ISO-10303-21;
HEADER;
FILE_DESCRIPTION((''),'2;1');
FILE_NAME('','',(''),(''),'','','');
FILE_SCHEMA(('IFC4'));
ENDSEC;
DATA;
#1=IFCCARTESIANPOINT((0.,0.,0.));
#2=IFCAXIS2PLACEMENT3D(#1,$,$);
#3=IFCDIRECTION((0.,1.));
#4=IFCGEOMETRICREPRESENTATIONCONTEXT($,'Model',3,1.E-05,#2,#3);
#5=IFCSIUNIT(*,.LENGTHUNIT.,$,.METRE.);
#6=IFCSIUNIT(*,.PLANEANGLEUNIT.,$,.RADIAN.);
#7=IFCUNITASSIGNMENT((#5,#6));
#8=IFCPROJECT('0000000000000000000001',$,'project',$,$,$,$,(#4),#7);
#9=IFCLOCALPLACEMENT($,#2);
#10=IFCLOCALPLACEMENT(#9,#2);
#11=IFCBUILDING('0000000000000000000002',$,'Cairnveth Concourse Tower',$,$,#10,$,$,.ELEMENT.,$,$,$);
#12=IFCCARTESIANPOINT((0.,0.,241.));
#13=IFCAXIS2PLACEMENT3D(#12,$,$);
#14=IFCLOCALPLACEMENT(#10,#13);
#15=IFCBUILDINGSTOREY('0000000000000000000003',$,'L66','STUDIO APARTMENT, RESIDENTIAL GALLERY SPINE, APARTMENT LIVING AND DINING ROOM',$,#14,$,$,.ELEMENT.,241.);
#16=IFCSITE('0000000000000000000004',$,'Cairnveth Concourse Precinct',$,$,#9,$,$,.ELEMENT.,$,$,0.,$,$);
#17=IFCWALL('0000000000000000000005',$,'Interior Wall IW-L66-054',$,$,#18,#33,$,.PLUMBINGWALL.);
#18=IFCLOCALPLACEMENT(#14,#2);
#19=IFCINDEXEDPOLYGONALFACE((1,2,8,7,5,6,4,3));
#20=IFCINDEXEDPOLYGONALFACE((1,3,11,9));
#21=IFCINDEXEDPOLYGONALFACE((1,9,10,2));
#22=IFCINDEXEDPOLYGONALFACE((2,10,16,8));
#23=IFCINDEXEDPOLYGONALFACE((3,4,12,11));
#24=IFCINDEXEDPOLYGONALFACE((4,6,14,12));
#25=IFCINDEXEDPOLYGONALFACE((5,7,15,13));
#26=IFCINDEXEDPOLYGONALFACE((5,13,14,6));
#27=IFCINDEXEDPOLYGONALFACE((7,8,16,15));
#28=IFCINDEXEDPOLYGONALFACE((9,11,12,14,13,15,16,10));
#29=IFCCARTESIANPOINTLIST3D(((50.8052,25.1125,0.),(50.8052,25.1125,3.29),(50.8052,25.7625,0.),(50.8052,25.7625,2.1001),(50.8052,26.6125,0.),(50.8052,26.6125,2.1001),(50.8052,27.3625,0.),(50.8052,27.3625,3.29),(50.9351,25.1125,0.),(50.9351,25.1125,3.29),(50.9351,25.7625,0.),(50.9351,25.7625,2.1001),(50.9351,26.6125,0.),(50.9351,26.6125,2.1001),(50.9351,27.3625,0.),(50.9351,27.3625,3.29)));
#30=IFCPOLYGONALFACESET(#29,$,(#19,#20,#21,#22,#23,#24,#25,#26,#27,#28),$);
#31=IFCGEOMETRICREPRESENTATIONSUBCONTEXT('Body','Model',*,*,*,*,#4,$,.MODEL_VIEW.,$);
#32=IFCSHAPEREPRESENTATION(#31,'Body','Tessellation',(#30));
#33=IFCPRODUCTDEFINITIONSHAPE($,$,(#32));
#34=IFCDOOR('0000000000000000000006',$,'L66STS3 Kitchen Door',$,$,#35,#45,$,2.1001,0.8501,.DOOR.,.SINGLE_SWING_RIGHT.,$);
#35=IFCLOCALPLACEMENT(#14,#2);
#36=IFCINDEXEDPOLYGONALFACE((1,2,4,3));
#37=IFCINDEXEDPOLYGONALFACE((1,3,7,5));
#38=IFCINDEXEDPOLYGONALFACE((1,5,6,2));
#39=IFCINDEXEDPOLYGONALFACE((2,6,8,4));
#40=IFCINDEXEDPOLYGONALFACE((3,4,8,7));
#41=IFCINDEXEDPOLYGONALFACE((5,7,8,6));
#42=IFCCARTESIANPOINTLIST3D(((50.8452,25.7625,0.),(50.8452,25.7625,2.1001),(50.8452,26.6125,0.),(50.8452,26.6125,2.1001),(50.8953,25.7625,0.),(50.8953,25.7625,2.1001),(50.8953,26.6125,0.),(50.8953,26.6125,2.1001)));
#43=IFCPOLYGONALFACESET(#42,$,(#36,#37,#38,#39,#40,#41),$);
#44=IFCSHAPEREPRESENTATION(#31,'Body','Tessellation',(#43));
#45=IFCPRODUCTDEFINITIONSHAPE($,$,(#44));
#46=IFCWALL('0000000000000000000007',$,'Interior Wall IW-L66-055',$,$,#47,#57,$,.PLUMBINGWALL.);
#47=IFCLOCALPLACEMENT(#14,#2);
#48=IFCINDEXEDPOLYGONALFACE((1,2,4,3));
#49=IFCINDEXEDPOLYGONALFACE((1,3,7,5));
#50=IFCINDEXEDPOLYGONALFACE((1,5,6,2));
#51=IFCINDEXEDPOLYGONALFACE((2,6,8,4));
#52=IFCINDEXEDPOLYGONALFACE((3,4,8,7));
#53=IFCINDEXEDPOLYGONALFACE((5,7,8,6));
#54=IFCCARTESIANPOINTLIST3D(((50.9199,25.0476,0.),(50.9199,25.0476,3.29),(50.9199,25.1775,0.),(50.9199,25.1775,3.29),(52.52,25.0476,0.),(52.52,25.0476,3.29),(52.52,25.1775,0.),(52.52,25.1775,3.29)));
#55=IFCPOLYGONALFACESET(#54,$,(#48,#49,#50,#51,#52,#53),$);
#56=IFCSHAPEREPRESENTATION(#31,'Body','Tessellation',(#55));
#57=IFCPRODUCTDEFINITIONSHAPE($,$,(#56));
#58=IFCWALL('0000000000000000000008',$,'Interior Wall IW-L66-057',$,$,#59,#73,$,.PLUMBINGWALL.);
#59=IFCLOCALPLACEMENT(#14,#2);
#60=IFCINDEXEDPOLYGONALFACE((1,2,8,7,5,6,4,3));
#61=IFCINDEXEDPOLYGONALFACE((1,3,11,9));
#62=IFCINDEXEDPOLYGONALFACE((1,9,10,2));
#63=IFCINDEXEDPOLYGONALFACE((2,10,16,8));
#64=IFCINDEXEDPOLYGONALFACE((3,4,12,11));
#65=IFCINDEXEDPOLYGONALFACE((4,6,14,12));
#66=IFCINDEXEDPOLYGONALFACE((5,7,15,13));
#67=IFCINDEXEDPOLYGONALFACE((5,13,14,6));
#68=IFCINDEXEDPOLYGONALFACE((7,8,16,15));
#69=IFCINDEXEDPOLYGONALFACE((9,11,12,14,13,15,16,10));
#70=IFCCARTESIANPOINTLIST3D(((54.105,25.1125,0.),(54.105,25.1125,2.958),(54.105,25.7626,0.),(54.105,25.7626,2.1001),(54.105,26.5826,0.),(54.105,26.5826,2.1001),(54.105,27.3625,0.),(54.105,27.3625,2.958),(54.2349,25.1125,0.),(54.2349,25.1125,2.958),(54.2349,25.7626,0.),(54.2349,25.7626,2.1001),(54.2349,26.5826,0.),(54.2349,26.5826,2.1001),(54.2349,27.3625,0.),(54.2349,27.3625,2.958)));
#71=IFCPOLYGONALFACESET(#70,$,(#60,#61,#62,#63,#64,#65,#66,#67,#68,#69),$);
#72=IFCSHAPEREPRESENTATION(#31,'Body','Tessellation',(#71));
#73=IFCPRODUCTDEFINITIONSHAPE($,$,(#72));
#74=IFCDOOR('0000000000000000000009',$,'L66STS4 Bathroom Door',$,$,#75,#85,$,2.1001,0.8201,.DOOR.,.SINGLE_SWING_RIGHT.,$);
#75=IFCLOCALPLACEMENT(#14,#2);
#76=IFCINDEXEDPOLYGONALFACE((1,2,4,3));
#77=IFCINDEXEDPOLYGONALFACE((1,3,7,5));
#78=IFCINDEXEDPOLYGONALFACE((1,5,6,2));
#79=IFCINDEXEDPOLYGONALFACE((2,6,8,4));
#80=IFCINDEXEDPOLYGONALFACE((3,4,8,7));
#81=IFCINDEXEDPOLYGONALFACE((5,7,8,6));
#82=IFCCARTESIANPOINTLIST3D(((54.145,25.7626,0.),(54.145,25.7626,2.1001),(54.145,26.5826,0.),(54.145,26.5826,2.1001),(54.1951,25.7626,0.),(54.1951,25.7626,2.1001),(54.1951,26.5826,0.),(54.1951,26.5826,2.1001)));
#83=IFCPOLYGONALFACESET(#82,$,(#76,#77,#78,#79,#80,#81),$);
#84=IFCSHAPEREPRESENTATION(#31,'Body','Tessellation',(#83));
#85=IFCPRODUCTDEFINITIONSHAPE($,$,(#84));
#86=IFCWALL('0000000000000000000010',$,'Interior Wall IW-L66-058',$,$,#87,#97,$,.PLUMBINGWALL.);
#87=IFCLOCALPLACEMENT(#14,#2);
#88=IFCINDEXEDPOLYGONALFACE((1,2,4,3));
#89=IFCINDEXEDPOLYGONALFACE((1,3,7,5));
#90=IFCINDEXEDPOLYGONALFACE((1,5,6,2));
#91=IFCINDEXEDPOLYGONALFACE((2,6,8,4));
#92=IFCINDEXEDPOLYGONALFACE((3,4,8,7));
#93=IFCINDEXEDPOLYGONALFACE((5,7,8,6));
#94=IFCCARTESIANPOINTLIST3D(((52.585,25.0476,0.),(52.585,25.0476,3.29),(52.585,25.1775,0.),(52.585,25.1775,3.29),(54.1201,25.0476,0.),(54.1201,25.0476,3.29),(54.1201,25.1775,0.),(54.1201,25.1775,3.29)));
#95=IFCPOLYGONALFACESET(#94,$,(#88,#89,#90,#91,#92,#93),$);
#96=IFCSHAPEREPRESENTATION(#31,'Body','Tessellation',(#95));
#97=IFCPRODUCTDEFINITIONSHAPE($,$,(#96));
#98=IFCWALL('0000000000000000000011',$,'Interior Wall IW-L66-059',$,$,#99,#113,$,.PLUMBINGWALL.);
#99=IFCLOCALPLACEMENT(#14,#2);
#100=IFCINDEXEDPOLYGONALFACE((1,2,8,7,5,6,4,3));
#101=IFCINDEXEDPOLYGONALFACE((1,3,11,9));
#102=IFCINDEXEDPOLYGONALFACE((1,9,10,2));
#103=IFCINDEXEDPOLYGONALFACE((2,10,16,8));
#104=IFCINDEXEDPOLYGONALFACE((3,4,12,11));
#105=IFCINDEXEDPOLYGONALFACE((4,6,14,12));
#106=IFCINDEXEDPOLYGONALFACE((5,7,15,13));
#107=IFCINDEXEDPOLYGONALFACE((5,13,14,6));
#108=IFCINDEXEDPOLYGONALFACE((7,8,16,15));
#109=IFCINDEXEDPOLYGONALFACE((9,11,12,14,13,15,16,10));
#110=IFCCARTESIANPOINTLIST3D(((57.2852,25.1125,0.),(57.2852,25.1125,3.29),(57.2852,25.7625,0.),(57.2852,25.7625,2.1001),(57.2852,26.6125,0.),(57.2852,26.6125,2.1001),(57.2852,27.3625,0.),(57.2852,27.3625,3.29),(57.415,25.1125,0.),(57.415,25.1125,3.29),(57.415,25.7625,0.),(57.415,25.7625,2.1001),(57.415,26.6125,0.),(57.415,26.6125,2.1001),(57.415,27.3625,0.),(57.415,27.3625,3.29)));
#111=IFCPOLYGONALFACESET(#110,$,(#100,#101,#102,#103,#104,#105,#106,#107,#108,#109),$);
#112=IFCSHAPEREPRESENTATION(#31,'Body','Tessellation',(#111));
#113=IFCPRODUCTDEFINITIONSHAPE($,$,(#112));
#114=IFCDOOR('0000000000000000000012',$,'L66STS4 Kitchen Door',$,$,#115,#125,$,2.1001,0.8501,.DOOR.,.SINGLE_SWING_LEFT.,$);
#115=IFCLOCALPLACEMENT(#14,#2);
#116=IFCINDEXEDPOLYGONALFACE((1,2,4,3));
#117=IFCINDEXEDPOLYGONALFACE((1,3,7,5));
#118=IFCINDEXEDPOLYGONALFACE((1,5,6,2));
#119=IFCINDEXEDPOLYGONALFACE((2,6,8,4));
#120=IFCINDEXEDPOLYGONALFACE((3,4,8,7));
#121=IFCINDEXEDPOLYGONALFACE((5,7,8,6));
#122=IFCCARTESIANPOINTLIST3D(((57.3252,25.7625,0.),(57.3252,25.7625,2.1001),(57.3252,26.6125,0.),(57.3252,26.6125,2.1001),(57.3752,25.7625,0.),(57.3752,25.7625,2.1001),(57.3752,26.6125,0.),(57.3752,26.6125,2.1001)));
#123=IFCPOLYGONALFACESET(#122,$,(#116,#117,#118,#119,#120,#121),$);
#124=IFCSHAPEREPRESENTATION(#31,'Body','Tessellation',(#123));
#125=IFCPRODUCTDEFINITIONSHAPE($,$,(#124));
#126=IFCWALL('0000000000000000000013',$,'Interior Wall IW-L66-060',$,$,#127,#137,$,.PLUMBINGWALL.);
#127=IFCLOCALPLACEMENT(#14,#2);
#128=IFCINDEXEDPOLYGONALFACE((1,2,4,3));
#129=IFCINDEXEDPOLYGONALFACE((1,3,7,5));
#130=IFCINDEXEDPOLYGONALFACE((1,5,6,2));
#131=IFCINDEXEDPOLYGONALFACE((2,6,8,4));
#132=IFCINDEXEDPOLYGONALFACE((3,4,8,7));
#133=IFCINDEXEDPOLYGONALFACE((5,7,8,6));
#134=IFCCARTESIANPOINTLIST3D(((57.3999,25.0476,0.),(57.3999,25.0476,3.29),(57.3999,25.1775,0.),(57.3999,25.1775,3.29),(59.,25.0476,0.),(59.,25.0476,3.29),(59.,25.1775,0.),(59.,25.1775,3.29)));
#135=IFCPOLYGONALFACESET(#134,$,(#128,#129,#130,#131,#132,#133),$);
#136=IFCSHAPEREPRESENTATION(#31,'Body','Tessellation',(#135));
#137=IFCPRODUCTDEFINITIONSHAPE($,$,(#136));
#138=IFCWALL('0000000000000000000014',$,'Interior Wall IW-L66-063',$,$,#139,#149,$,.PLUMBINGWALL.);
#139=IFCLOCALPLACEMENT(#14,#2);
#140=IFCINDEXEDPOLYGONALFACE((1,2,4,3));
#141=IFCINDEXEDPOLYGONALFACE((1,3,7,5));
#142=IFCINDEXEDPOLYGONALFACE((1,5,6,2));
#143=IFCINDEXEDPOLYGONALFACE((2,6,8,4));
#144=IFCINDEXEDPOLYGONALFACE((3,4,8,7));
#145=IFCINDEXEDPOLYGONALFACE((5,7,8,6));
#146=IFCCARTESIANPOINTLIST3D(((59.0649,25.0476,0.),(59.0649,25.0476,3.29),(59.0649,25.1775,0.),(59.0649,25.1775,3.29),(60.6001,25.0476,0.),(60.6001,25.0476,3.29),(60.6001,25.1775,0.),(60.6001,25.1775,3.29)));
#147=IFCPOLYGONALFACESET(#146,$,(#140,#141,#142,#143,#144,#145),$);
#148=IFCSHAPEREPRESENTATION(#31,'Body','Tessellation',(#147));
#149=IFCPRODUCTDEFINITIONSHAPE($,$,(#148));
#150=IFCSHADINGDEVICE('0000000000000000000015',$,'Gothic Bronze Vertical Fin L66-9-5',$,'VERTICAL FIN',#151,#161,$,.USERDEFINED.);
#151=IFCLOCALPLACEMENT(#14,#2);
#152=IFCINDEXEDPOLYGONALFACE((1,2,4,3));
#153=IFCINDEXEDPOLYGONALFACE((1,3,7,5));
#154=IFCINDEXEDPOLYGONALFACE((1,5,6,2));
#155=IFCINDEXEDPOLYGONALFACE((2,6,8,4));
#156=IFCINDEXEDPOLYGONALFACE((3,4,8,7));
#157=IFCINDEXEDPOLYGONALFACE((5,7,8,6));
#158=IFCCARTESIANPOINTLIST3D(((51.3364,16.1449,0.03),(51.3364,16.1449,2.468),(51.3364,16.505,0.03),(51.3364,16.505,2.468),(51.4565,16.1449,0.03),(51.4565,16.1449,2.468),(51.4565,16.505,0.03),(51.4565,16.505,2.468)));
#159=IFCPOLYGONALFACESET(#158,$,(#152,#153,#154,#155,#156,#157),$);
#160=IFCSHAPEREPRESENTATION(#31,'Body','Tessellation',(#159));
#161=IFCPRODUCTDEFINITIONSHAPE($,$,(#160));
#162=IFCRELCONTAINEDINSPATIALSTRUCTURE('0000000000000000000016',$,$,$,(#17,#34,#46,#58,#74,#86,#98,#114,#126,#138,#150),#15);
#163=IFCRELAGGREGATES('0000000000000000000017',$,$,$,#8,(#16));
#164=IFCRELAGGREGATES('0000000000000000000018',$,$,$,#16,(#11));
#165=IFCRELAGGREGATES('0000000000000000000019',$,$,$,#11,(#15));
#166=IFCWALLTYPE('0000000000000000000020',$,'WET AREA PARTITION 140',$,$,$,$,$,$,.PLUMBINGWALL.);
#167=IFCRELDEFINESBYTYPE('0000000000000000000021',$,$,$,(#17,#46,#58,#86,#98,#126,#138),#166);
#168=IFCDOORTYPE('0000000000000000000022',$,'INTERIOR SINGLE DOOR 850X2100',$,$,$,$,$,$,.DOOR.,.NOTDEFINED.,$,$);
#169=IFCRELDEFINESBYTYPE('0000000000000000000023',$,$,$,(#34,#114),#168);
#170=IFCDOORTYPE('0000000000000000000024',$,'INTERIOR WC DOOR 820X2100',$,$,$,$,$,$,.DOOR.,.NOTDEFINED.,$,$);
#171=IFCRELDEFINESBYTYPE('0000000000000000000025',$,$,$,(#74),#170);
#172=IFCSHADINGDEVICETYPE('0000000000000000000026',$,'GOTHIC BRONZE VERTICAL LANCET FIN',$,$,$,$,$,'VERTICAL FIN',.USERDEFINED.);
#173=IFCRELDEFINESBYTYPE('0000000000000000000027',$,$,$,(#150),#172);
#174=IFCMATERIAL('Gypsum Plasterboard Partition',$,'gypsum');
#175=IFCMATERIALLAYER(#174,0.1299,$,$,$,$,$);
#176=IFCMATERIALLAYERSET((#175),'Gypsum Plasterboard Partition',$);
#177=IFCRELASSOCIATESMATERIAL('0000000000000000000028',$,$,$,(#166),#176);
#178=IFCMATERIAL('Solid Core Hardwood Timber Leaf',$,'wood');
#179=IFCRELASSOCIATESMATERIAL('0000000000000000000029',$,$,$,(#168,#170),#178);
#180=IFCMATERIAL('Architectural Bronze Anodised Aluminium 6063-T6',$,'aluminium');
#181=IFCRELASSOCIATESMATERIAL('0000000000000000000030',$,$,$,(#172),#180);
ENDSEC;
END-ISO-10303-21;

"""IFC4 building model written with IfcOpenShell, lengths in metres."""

from ifc_helpers import new_model, si_unit, direction, frame, frame_2d, origin, origin_2d, place, context, subcontext, project, spatial, rectangle, extrude, material, layer, layer_set, type_object, element, fill, save


model = new_model("IFC4")

# Units and contexts
model_context = context("Model", 3, precision=1e-05, world=origin(), true_north=direction((0.0, 1.0)))
body_context = subcontext(model_context, "Body", "Model", "MODEL_VIEW")
ifc_project = project(units=[si_unit("LENGTHUNIT", "METRE"), si_unit("PLANEANGLEUNIT", "RADIAN")], contexts=[model_context])

# Site, building, storey
site_placement = place(None, origin())
site = spatial("IfcSite", under=ifc_project, at=site_placement, Name="Cairnveth Concourse Precinct", CompositionType="ELEMENT", RefElevation=0.0)
building_placement = place(site_placement, origin())
building = spatial("IfcBuilding", under=site, at=building_placement, Name="Cairnveth Concourse Tower", CompositionType="ELEMENT")
storey_placement = place(building_placement, frame((0.0, 0.0, 241.0)))
storey = spatial("IfcBuildingStorey", under=building, at=storey_placement, Name="L66", Description="STUDIO APARTMENT, RESIDENTIAL GALLERY SPINE, APARTMENT LIVING AND DINING ROOM", CompositionType="ELEMENT", Elevation=241.0)

# Shared definitions
ifc_material_1 = material(Name="Gypsum Plasterboard Partition", Category="gypsum")

# Wall, opening, door
ifc_layer_1 = layer(ifc_material_1, 0.1299)
ifc_layer_set_1 = layer_set([ifc_layer_1], Name="Gypsum Plasterboard Partition")
wall_type_1 = type_object("IfcWallType", Name="WET AREA PARTITION 140", PredefinedType="PLUMBINGWALL", material=ifc_layer_set_1)
wall_1_placement = place(storey_placement, frame((50.8701, 25.1125, 0.0), z_axis=(0.0, 0.0, 1.0), x_axis=(0.0, 1.0, 0.0)))
wall_1 = element("IfcWall", 1, at=wall_1_placement, inside=storey, type_object=wall_type_1, Name="Interior Wall IW-L66-054", PredefinedType="PLUMBINGWALL", context=body_context, shape_type="SweptSolid", body=[
    extrude(rectangle(XDim=2.25, YDim=0.1299, at=frame_2d((1.125, 0.0))), origin(), (0.0, 0.0, 1.0), 3.29),
])
opening_1_placement = place(wall_1_placement, frame((0.6499, 0.0, 0.0)))
opening_1 = element("IfcOpeningElement", 2, at=opening_1_placement, cuts=wall_1, PredefinedType="OPENING", context=body_context, shape_type="SweptSolid", body=[
    extrude(rectangle(XDim=0.8501, YDim=2.1001, at=frame_2d((0.425, 1.05))), frame((0.0, 0.075, 0.0), z_axis=(0.0, -1.0, 0.0), x_axis=(1.0, 0.0, 0.0)), (0.0, 0.0, 1.0), 0.1499),
])
ifc_material_2 = material(Name="Solid Core Hardwood Timber Leaf", Category="wood")
door_type_1 = type_object("IfcDoorType", Name="INTERIOR SINGLE DOOR 850X2100", OperationType="NOTDEFINED", PredefinedType="DOOR", material=ifc_material_2)
door_1_placement = place(opening_1_placement, origin())
door_1 = element("IfcDoor", 3, at=door_1_placement, inside=storey, type_object=door_type_1, Name="L66STS3 Kitchen Door", OperationType="SINGLE_SWING_RIGHT", OverallHeight=2.1001, OverallWidth=0.8501, PredefinedType="DOOR", context=body_context, shape_type="SweptSolid", body=[
    extrude(rectangle(XDim=0.8501, YDim=2.1001, at=frame_2d((0.425, 1.05))), frame((0.0, 0.0249, 0.0), z_axis=(0.0, -1.0, 0.0), x_axis=(1.0, 0.0, 0.0)), (0.0, 0.0, 1.0), 0.05),
])
fill(opening_1, door_1)

# Wall
wall_2_placement = place(storey_placement, frame((50.9199, 25.1125, 0.0), z_axis=(0.0, 0.0, 1.0), x_axis=(1.0, 0.0, 0.0)))
element("IfcWall", 4, at=wall_2_placement, inside=storey, type_object=wall_type_1, Name="Interior Wall IW-L66-055", PredefinedType="PLUMBINGWALL", context=body_context, shape_type="SweptSolid", body=[
    extrude(rectangle(XDim=1.6001, YDim=0.1299, at=frame_2d((0.8, 0.0))), origin(), (0.0, 0.0, 1.0), 3.29),
])

# Wall, opening, door
wall_3_placement = place(storey_placement, frame((54.1699, 25.1125, 0.0), z_axis=(0.0, 0.0, 1.0), x_axis=(0.0, 1.0, 0.0)))
wall_3 = element("IfcWall", 5, at=wall_3_placement, inside=storey, type_object=wall_type_1, Name="Interior Wall IW-L66-057", PredefinedType="PLUMBINGWALL", context=body_context, shape_type="SweptSolid", body=[
    extrude(rectangle(XDim=2.25, YDim=0.1299, at=frame_2d((1.125, 0.0))), origin(), (0.0, 0.0, 1.0), 2.958),
])
opening_2_placement = place(wall_3_placement, frame((0.6499, 0.0, 0.0)))
opening_2 = element("IfcOpeningElement", 6, at=opening_2_placement, cuts=wall_3, PredefinedType="OPENING", context=body_context, shape_type="SweptSolid", body=[
    extrude(rectangle(XDim=0.8201, YDim=2.1001, at=frame_2d((0.4102, 1.05))), frame((0.0, 0.075, 0.0), z_axis=(0.0, -1.0, 0.0), x_axis=(1.0, 0.0, 0.0)), (0.0, 0.0, 1.0), 0.1499),
])
door_type_2 = type_object("IfcDoorType", Name="INTERIOR WC DOOR 820X2100", OperationType="NOTDEFINED", PredefinedType="DOOR", material=ifc_material_2)
door_2_placement = place(opening_2_placement, origin())
door_2 = element("IfcDoor", 7, at=door_2_placement, inside=storey, type_object=door_type_2, Name="L66STS4 Bathroom Door", OperationType="SINGLE_SWING_RIGHT", OverallHeight=2.1001, OverallWidth=0.8201, PredefinedType="DOOR", context=body_context, shape_type="SweptSolid", body=[
    extrude(rectangle(XDim=0.8201, YDim=2.1001, at=frame_2d((0.4102, 1.05))), frame((0.0, 0.0249, 0.0), z_axis=(0.0, -1.0, 0.0), x_axis=(1.0, 0.0, 0.0)), (0.0, 0.0, 1.0), 0.05),
])
fill(opening_2, door_2)

# Wall
wall_4_placement = place(storey_placement, frame((52.585, 25.1125, 0.0), z_axis=(0.0, 0.0, 1.0), x_axis=(1.0, 0.0, 0.0)))
element("IfcWall", 8, at=wall_4_placement, inside=storey, type_object=wall_type_1, Name="Interior Wall IW-L66-058", PredefinedType="PLUMBINGWALL", context=body_context, shape_type="SweptSolid", body=[
    extrude(rectangle(XDim=1.5352, YDim=0.1299, at=frame_2d((0.7676, 0.0))), origin(), (0.0, 0.0, 1.0), 3.29),
])

# Wall, opening, door
wall_5_placement = place(storey_placement, frame((57.3501, 25.1125, 0.0), z_axis=(0.0, 0.0, 1.0), x_axis=(0.0, 1.0, 0.0)))
wall_5 = element("IfcWall", 9, at=wall_5_placement, inside=storey, type_object=wall_type_1, Name="Interior Wall IW-L66-059", PredefinedType="PLUMBINGWALL", context=body_context, shape_type="SweptSolid", body=[
    extrude(rectangle(XDim=2.25, YDim=0.1299, at=frame_2d((1.125, 0.0))), origin(), (0.0, 0.0, 1.0), 3.29),
])
opening_3_placement = place(wall_5_placement, frame((0.6499, 0.0, 0.0)))
opening_3 = element("IfcOpeningElement", 10, at=opening_3_placement, cuts=wall_5, PredefinedType="OPENING", context=body_context, shape_type="SweptSolid", body=[
    extrude(rectangle(XDim=0.8501, YDim=2.1001, at=frame_2d((0.425, 1.05))), frame((0.0, 0.075, 0.0), z_axis=(0.0, -1.0, 0.0), x_axis=(1.0, 0.0, 0.0)), (0.0, 0.0, 1.0), 0.1499),
])
door_3_placement = place(opening_3_placement, origin())
door_3 = element("IfcDoor", 11, at=door_3_placement, inside=storey, type_object=door_type_1, Name="L66STS4 Kitchen Door", OperationType="SINGLE_SWING_LEFT", OverallHeight=2.1001, OverallWidth=0.8501, PredefinedType="DOOR", context=body_context, shape_type="SweptSolid", body=[
    extrude(rectangle(XDim=0.8501, YDim=2.1001, at=frame_2d((0.425, 1.05))), frame((0.0, 0.0249, 0.0), z_axis=(0.0, -1.0, 0.0), x_axis=(1.0, 0.0, 0.0)), (0.0, 0.0, 1.0), 0.05),
])
fill(opening_3, door_3)

# Walls
wall_6_placement = place(storey_placement, frame((57.3999, 25.1125, 0.0), z_axis=(0.0, 0.0, 1.0), x_axis=(1.0, 0.0, 0.0)))
element("IfcWall", 12, at=wall_6_placement, inside=storey, type_object=wall_type_1, Name="Interior Wall IW-L66-060", PredefinedType="PLUMBINGWALL", context=body_context, shape_type="SweptSolid", body=[
    extrude(rectangle(XDim=1.6001, YDim=0.1299, at=frame_2d((0.8, 0.0))), origin(), (0.0, 0.0, 1.0), 3.29),
])
wall_7_placement = place(storey_placement, frame((59.0649, 25.1125, 0.0), z_axis=(0.0, 0.0, 1.0), x_axis=(1.0, 0.0, 0.0)))
element("IfcWall", 13, at=wall_7_placement, inside=storey, type_object=wall_type_1, Name="Interior Wall IW-L66-063", PredefinedType="PLUMBINGWALL", context=body_context, shape_type="SweptSolid", body=[
    extrude(rectangle(XDim=1.5352, YDim=0.1299, at=frame_2d((0.7676, 0.0))), origin(), (0.0, 0.0, 1.0), 3.29),
])

# Shading device
ifc_material_3 = material(Name="Architectural Bronze Anodised Aluminium 6063-T6", Category="aluminium")
shading_device_type = type_object("IfcShadingDeviceType", Name="GOTHIC BRONZE VERTICAL LANCET FIN", ElementType="VERTICAL FIN", PredefinedType="USERDEFINED", material=ifc_material_3)
shading_device_placement = place(storey_placement, frame((51.3965, 16.325, 0.03), z_axis=(0.0, 0.0, 1.0), x_axis=(1.0, 0.0, 0.0)))
element("IfcShadingDevice", 14, at=shading_device_placement, inside=storey, type_object=shading_device_type, Name="Gothic Bronze Vertical Fin L66-9-5", ObjectType="VERTICAL FIN", PredefinedType="USERDEFINED", context=body_context, shape_type="SweptSolid", body=[
    extrude(rectangle(XDim=0.1201, YDim=0.3601, at=origin_2d()), origin(), (0.0, 0.0, 1.0), 2.438),
])

save(model, "model.ifc")
